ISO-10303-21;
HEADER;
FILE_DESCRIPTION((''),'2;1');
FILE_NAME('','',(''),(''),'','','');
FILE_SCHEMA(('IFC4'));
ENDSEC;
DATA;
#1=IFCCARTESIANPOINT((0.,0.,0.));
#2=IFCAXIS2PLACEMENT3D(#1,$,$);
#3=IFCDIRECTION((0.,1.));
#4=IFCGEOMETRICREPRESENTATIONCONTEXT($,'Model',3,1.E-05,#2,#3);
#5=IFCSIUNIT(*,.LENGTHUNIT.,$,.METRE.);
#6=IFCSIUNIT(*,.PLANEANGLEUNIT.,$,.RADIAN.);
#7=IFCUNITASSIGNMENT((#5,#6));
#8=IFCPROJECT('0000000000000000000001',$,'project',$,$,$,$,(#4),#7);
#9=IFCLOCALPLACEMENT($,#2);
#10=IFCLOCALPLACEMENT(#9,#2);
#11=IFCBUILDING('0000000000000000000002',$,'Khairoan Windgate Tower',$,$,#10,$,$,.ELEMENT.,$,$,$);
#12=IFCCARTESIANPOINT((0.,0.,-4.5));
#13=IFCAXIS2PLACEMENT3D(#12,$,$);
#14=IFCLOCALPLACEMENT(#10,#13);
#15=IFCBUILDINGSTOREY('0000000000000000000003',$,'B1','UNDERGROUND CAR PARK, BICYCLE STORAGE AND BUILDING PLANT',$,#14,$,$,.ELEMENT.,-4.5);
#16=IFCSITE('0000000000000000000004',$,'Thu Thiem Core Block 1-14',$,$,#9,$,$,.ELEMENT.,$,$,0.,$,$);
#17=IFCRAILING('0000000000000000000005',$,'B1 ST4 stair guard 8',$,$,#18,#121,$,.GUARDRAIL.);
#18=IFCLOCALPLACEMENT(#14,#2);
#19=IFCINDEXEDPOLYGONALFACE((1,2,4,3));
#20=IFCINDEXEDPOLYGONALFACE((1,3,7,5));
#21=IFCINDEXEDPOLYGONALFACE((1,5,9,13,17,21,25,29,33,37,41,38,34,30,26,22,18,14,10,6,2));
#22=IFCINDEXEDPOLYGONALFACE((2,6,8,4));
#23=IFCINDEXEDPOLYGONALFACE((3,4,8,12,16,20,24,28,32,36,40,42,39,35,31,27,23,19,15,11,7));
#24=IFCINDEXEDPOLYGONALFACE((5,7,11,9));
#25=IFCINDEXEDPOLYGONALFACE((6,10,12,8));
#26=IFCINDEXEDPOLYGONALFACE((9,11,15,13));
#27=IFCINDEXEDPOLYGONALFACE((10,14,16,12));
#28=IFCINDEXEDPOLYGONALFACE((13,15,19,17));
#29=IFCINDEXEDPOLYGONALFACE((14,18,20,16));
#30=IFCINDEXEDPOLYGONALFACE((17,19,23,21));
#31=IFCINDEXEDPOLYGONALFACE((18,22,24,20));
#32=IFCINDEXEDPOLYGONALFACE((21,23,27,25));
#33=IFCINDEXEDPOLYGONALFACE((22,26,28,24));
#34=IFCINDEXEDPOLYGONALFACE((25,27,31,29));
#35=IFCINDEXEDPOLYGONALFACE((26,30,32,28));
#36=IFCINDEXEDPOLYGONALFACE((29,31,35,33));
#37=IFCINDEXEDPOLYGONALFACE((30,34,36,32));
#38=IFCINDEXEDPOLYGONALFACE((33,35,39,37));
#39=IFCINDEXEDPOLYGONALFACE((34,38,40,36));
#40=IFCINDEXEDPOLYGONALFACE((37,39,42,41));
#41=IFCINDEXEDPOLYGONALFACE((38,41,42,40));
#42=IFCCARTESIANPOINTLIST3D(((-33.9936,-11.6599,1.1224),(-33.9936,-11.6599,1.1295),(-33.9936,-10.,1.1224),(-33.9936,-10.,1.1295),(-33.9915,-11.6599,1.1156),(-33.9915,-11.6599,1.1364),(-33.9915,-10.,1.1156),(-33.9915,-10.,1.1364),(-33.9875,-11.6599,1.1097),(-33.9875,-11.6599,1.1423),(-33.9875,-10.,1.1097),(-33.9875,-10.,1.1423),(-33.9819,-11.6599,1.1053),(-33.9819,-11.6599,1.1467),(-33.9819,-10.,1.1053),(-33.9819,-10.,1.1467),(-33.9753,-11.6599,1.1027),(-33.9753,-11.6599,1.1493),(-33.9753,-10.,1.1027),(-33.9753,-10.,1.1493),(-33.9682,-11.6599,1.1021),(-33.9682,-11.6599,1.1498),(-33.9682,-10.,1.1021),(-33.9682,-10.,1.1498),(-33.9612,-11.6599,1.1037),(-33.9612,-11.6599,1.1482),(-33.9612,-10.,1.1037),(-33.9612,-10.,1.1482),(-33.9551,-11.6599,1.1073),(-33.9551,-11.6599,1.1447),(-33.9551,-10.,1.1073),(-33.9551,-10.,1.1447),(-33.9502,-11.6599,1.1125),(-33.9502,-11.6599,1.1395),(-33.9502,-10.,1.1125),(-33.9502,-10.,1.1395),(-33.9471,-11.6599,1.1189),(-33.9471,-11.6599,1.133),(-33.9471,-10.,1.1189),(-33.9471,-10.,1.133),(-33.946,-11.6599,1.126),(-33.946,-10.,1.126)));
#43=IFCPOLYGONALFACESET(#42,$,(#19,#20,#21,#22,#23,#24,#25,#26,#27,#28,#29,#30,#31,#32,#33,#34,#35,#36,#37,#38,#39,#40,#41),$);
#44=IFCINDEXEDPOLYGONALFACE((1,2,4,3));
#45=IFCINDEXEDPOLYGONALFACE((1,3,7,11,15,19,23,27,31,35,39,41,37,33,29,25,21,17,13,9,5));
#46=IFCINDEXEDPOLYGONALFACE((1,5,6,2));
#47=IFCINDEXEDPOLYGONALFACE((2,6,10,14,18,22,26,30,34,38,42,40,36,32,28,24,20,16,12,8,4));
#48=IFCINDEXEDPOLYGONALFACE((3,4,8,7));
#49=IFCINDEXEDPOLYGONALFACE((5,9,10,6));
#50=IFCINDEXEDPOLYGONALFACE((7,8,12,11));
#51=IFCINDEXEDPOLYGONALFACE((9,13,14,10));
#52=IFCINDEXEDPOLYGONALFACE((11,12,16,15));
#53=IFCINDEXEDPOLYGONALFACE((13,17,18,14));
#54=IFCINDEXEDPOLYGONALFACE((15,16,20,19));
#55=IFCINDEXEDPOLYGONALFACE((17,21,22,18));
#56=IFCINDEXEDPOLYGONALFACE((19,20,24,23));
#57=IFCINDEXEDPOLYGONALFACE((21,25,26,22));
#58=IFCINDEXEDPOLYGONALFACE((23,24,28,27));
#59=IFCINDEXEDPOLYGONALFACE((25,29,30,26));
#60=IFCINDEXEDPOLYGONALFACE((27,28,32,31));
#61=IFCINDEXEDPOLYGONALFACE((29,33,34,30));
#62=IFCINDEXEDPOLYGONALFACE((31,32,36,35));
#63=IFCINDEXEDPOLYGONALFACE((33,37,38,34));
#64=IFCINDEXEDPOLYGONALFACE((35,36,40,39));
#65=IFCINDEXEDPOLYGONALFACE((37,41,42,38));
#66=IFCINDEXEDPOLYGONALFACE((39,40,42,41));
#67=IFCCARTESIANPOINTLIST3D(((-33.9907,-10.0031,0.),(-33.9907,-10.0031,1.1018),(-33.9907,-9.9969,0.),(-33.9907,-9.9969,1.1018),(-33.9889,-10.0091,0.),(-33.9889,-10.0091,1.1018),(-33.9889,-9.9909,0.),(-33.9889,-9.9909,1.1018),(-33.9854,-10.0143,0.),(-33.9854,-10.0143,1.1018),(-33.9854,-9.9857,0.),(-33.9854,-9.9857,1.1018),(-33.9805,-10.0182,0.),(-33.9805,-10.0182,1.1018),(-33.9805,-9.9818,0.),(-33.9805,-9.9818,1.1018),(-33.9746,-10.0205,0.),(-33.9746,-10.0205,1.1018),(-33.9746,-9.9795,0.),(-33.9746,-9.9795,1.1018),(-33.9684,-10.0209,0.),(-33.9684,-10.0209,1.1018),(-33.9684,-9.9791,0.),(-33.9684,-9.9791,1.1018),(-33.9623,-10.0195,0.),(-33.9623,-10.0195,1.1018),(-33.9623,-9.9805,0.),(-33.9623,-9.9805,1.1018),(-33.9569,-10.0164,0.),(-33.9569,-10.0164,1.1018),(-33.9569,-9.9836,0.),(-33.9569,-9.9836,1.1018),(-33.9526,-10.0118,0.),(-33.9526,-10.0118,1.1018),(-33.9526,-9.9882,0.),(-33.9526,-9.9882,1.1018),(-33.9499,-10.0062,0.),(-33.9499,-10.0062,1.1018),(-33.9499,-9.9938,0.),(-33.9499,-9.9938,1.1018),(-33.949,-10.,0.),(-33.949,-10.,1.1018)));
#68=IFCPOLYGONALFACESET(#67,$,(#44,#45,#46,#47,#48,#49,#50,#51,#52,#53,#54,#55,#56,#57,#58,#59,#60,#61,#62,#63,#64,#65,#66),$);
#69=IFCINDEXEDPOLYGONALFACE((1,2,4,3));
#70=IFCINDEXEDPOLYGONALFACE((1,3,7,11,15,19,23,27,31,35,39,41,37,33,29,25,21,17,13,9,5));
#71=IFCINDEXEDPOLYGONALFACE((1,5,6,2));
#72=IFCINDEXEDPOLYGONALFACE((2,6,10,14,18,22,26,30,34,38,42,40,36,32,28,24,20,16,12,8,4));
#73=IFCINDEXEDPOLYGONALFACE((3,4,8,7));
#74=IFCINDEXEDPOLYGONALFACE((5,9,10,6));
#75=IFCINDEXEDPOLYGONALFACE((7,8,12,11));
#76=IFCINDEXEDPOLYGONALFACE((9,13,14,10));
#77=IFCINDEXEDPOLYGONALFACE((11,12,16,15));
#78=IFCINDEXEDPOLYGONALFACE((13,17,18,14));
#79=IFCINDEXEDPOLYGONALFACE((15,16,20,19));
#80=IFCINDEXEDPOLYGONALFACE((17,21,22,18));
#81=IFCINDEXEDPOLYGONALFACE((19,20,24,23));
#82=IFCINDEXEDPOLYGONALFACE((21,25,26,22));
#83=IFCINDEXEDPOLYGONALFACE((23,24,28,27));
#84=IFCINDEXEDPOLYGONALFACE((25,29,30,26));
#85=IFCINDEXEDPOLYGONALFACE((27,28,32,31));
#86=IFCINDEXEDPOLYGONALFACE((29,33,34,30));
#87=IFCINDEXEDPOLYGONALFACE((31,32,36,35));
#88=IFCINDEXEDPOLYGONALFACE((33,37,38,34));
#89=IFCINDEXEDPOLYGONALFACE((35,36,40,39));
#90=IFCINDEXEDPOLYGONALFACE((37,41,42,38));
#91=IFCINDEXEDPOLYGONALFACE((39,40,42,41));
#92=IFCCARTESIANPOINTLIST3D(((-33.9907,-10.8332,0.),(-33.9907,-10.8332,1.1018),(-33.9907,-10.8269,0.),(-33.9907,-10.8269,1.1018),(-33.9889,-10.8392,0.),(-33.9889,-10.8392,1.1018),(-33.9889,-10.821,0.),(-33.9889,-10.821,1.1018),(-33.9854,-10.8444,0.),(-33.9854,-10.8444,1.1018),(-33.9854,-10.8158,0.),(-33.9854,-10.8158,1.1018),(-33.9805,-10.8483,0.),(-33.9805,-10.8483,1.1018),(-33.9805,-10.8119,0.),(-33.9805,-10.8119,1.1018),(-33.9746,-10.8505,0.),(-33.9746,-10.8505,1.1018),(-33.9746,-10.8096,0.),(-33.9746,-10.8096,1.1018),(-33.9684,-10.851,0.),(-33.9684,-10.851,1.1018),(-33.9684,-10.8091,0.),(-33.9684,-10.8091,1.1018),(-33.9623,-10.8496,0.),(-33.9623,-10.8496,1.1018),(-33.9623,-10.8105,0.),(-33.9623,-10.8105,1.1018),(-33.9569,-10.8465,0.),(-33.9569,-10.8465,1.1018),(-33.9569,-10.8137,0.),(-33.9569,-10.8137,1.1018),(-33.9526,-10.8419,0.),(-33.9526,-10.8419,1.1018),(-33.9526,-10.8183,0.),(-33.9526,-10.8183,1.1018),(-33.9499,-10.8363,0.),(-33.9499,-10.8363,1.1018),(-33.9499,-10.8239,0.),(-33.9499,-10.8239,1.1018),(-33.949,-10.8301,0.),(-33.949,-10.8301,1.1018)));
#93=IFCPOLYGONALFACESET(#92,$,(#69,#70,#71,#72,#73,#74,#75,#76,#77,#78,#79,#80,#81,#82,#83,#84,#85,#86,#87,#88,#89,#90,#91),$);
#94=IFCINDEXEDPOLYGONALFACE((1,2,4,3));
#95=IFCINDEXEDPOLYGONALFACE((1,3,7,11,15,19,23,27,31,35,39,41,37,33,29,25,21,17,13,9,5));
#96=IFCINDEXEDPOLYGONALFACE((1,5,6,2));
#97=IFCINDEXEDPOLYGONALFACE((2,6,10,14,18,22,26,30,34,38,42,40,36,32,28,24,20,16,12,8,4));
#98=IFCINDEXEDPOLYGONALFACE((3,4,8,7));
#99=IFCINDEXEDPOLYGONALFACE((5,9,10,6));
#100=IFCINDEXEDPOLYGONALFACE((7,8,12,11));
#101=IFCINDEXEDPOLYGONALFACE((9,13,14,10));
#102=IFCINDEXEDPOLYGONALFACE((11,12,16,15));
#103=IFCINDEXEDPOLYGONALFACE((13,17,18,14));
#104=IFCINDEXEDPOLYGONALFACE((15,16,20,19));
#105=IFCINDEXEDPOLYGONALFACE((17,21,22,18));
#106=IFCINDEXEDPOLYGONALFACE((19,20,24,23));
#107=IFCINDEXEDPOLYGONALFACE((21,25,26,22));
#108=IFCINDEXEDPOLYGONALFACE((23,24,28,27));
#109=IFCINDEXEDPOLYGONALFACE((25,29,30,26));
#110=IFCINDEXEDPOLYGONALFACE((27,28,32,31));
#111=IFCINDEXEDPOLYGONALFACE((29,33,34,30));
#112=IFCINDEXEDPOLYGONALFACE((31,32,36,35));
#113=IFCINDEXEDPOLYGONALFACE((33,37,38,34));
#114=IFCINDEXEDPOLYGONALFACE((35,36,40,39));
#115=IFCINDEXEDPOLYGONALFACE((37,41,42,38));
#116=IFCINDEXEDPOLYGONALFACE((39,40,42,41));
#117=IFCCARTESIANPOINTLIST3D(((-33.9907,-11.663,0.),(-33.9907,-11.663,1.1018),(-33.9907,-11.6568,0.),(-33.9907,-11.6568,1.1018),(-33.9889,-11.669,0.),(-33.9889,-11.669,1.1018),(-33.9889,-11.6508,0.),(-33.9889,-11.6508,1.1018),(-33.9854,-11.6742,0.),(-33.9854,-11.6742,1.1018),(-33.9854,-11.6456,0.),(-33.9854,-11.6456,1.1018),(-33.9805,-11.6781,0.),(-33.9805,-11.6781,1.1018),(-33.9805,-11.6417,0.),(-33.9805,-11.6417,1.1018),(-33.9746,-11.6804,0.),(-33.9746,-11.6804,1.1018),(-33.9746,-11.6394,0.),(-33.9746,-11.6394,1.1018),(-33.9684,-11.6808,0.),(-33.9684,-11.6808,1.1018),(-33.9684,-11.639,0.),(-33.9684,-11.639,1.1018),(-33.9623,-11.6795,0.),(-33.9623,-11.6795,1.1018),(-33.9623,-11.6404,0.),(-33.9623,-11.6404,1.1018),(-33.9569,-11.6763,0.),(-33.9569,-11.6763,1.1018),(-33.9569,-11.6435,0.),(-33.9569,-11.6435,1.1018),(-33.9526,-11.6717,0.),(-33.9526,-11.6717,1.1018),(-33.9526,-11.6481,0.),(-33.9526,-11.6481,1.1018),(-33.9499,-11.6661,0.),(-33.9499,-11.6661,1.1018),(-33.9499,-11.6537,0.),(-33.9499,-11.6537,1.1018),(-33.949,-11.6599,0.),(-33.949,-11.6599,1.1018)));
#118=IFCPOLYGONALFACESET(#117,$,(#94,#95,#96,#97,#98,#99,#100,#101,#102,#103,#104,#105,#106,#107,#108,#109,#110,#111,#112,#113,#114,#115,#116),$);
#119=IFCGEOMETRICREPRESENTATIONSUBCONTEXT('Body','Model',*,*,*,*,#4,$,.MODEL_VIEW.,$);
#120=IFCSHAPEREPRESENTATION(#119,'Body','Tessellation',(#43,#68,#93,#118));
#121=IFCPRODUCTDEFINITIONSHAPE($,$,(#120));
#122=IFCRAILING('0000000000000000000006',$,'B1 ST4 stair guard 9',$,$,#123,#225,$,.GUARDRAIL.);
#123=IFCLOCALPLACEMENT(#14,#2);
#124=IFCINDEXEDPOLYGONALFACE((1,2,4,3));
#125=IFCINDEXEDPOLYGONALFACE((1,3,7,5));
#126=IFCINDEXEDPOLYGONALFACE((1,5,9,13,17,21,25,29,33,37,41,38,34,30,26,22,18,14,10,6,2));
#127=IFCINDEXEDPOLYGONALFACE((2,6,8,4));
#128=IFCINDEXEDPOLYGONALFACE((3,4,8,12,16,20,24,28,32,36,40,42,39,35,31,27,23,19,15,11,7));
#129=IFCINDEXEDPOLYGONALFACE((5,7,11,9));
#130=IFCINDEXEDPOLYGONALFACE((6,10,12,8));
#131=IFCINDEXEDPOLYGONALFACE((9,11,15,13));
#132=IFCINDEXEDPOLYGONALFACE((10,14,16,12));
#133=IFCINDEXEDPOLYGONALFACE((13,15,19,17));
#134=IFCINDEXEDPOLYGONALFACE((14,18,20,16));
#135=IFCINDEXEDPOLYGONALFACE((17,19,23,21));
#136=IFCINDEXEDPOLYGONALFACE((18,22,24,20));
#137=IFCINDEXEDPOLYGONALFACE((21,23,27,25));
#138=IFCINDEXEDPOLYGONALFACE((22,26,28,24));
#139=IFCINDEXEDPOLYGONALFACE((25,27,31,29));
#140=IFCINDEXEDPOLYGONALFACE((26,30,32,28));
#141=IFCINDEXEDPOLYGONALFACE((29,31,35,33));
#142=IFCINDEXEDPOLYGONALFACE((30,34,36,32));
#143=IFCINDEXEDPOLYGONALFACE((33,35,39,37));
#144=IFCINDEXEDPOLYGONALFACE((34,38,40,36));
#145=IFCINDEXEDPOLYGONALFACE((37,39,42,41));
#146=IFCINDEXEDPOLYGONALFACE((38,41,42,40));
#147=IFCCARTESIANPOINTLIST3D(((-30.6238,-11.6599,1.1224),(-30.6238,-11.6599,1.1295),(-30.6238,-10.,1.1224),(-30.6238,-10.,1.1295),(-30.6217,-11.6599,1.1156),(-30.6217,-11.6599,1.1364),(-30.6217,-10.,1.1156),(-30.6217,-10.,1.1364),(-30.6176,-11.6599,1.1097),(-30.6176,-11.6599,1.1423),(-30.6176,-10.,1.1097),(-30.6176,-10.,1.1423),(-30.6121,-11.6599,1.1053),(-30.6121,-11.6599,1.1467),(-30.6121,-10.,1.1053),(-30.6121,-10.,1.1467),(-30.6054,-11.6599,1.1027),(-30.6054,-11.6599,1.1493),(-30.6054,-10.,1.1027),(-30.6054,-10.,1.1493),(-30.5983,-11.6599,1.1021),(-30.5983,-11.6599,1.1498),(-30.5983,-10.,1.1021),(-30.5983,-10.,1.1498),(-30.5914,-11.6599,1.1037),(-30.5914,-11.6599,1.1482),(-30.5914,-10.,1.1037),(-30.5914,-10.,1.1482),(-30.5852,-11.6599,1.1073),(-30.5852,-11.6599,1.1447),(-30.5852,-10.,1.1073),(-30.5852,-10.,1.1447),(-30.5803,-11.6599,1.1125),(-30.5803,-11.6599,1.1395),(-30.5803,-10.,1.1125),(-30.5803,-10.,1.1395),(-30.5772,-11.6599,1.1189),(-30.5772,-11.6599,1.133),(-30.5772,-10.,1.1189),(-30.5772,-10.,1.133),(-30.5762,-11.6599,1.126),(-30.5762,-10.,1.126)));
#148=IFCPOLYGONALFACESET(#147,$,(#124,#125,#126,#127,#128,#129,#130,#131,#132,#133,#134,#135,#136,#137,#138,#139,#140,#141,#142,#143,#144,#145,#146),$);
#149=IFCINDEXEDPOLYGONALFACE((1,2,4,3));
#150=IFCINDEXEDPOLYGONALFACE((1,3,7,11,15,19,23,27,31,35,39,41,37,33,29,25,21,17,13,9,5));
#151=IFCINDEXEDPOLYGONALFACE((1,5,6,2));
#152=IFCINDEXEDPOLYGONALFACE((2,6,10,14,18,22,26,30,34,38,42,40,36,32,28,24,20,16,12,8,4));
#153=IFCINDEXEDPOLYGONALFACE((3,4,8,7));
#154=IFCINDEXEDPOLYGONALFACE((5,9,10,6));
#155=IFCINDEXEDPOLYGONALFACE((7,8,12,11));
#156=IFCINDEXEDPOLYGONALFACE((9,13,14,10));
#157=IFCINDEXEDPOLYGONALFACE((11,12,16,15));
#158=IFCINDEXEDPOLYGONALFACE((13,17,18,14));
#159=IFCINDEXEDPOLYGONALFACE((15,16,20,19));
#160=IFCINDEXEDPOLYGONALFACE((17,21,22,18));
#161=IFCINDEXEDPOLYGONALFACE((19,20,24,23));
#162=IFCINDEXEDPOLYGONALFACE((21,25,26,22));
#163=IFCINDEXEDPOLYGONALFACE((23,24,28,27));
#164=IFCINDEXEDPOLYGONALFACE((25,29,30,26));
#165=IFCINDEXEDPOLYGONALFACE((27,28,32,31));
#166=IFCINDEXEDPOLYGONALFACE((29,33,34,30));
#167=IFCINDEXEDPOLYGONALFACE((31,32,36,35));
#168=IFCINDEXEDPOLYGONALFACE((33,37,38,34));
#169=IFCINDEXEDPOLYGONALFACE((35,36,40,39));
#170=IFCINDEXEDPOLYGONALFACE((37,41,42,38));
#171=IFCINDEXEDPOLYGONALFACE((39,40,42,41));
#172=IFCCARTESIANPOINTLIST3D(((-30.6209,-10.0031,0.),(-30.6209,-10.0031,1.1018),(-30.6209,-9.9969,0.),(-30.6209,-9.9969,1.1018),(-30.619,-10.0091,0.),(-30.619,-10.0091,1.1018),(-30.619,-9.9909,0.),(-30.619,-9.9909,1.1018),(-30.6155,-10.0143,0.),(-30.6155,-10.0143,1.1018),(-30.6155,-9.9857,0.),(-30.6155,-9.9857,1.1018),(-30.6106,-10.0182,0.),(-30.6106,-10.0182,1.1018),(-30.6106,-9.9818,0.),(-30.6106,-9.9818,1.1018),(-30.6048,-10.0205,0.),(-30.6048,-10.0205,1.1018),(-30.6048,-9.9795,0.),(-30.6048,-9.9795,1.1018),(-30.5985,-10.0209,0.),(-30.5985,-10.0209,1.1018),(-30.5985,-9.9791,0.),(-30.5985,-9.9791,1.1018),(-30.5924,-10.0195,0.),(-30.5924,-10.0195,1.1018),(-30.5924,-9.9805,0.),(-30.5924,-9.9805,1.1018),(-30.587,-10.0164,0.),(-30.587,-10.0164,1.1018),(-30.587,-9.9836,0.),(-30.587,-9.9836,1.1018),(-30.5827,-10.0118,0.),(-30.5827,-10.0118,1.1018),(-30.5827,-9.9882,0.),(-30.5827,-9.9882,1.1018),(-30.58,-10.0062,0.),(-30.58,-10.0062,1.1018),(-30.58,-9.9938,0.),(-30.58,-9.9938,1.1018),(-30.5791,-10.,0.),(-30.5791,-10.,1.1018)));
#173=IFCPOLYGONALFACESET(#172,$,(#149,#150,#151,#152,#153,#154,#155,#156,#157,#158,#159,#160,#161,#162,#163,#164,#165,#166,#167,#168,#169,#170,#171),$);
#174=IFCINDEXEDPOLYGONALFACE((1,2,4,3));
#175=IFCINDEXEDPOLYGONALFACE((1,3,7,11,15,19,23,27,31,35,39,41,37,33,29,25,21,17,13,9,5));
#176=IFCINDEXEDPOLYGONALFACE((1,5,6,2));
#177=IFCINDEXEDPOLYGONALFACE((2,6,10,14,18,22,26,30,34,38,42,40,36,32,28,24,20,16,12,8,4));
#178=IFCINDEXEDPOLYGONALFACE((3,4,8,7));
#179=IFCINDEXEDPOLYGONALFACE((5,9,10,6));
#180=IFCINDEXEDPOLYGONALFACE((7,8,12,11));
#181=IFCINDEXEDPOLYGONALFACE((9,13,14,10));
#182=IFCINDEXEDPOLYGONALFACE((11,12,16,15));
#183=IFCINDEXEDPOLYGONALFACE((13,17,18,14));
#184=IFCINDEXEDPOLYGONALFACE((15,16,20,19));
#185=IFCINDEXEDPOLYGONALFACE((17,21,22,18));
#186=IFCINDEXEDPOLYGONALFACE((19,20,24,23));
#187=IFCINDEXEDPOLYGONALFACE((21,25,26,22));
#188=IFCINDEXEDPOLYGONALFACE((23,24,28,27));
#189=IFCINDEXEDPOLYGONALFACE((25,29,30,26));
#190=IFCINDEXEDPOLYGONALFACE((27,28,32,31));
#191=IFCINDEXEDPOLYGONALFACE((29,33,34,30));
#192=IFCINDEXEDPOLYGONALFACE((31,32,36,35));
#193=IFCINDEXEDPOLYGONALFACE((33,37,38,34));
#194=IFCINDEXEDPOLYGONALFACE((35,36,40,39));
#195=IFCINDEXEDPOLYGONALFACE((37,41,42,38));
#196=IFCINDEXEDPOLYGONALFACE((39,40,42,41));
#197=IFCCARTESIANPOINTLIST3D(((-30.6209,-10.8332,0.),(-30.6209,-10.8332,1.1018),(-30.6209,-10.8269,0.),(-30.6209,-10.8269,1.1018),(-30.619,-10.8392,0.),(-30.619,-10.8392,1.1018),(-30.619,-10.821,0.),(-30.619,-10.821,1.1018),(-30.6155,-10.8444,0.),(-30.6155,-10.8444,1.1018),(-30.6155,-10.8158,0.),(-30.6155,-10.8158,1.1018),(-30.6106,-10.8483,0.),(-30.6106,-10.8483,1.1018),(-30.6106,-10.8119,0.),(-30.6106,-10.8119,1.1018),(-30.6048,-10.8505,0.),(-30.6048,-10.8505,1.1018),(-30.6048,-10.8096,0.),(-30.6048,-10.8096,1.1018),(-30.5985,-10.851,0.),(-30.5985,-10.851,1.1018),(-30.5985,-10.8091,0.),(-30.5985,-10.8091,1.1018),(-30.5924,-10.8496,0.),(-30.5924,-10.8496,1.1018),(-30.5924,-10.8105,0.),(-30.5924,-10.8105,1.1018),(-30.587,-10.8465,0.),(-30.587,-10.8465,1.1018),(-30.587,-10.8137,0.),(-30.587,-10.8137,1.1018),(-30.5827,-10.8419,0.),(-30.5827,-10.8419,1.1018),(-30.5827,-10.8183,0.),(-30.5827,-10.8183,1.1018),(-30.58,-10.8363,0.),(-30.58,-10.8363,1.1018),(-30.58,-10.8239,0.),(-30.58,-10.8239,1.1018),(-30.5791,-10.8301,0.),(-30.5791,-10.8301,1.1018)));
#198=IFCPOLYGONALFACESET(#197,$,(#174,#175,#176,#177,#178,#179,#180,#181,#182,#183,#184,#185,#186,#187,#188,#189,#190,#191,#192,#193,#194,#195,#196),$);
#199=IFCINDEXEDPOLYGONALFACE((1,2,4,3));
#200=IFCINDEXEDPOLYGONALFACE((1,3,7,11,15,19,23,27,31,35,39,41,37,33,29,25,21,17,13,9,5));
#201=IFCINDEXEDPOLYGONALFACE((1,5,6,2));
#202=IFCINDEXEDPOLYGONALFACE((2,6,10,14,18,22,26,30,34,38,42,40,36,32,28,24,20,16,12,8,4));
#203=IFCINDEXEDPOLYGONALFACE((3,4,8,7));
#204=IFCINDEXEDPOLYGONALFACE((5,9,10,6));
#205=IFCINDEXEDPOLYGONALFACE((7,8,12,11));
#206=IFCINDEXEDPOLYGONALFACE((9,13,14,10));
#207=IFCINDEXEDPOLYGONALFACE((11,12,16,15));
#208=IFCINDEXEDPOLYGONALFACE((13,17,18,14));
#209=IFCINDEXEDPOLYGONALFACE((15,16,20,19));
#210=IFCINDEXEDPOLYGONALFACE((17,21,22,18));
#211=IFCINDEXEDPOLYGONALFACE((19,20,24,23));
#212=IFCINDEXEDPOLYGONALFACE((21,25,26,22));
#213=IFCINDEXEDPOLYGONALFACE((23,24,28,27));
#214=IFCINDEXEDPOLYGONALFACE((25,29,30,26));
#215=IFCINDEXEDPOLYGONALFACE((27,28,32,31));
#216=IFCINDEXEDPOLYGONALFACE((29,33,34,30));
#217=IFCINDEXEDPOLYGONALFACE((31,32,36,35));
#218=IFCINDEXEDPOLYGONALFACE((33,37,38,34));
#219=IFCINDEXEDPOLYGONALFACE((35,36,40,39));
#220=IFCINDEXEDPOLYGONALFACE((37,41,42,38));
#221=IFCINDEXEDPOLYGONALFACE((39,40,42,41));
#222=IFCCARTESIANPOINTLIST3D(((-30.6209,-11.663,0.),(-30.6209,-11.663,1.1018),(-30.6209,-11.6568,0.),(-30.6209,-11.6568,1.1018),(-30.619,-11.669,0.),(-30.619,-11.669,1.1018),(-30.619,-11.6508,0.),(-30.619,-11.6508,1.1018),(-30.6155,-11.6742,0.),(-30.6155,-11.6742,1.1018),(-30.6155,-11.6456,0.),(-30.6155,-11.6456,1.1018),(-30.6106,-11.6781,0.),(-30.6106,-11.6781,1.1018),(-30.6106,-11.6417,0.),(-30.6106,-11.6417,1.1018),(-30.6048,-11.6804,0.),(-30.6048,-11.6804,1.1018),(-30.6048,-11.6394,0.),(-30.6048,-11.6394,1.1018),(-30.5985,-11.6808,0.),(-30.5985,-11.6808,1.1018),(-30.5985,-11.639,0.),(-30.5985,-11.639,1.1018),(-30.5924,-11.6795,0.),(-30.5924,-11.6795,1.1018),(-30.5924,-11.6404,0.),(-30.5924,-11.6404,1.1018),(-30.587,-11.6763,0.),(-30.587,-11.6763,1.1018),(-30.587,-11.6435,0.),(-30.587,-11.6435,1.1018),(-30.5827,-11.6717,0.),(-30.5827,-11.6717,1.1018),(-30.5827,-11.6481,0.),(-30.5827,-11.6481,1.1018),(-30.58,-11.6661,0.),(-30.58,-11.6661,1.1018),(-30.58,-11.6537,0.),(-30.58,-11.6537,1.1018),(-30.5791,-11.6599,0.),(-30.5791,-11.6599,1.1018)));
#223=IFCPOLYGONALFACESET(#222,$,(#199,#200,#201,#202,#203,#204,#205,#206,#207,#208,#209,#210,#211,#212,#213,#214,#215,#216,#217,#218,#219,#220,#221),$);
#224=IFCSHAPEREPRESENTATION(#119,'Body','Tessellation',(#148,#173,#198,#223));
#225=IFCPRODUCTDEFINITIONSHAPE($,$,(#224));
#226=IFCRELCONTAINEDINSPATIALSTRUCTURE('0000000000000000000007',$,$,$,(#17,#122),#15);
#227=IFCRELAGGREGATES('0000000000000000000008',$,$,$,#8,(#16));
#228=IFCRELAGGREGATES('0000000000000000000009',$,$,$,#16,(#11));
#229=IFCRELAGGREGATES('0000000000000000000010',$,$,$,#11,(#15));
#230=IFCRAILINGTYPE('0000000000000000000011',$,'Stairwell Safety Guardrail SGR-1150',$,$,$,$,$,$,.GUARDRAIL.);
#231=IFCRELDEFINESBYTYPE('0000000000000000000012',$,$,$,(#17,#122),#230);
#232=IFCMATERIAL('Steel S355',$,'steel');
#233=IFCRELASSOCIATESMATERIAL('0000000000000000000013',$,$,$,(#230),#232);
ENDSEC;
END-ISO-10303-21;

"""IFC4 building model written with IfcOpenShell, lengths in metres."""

from ifc_helpers import new_model, si_unit, direction, frame, origin, origin_2d, place, context, subcontext, project, spatial, circle, extrude, material, type_object, element, save


model = new_model("IFC4")

# Units and contexts
model_context = context("Model", 3, precision=1e-05, world=origin(), true_north=direction((0.0, 1.0)))
body_context = subcontext(model_context, "Body", "Model", "MODEL_VIEW")
ifc_project = project(units=[si_unit("LENGTHUNIT", "METRE"), si_unit("PLANEANGLEUNIT", "RADIAN")], contexts=[model_context])

# Site, building, storey
site_placement = place(None, origin())
site = spatial("IfcSite", under=ifc_project, at=site_placement, Name="Thu Thiem Core Block 1-14", CompositionType="ELEMENT", RefElevation=0.0)
building_placement = place(site_placement, origin())
building = spatial("IfcBuilding", under=site, at=building_placement, Name="Khairoan Windgate Tower", CompositionType="ELEMENT")
storey_placement = place(building_placement, frame((0.0, 0.0, -4.5)))
storey = spatial("IfcBuildingStorey", under=building, at=storey_placement, Name="B1", Description="UNDERGROUND CAR PARK, BICYCLE STORAGE AND BUILDING PLANT", CompositionType="ELEMENT", Elevation=-4.5)

# Railings
ifc_material_1 = material(Name="Steel S355", Category="steel")
railing_type_1 = type_object("IfcRailingType", Name="Stairwell Safety Guardrail SGR-1150", PredefinedType="GUARDRAIL", material=ifc_material_1)
for number, where, name in (
    (1, (-33.97, -10.0, 0.0), "B1 ST4 stair guard 8"),
    (2, (-30.6001, -10.0, 0.0), "B1 ST4 stair guard 9"),
):
    element("IfcRailing", number, at=place(storey_placement, frame(where)), inside=storey, type_object=railing_type_1, Name=name, PredefinedType="GUARDRAIL", context=body_context, shape_type="SweptSolid", body=[
        extrude(circle(Radius=0.0239, at=origin_2d()), frame((0.0, 0.0, 1.126), z_axis=(0.0, -1.0, 0.0), x_axis=(1.0, 0.0, 0.0)), (0.0, 0.0, 1.0), 1.6599),
        extrude(circle(Radius=0.021, at=origin_2d()), origin(), (0.0, 0.0, 1.0), 1.1018),
        extrude(circle(Radius=0.021, at=origin_2d()), frame((0.0, -0.8301, 0.0)), (0.0, 0.0, 1.0), 1.1018),
        extrude(circle(Radius=0.021, at=origin_2d()), frame((0.0, -1.6599, 0.0)), (0.0, 0.0, 1.0), 1.1018),
    ])

save(model, "model.ifc")
